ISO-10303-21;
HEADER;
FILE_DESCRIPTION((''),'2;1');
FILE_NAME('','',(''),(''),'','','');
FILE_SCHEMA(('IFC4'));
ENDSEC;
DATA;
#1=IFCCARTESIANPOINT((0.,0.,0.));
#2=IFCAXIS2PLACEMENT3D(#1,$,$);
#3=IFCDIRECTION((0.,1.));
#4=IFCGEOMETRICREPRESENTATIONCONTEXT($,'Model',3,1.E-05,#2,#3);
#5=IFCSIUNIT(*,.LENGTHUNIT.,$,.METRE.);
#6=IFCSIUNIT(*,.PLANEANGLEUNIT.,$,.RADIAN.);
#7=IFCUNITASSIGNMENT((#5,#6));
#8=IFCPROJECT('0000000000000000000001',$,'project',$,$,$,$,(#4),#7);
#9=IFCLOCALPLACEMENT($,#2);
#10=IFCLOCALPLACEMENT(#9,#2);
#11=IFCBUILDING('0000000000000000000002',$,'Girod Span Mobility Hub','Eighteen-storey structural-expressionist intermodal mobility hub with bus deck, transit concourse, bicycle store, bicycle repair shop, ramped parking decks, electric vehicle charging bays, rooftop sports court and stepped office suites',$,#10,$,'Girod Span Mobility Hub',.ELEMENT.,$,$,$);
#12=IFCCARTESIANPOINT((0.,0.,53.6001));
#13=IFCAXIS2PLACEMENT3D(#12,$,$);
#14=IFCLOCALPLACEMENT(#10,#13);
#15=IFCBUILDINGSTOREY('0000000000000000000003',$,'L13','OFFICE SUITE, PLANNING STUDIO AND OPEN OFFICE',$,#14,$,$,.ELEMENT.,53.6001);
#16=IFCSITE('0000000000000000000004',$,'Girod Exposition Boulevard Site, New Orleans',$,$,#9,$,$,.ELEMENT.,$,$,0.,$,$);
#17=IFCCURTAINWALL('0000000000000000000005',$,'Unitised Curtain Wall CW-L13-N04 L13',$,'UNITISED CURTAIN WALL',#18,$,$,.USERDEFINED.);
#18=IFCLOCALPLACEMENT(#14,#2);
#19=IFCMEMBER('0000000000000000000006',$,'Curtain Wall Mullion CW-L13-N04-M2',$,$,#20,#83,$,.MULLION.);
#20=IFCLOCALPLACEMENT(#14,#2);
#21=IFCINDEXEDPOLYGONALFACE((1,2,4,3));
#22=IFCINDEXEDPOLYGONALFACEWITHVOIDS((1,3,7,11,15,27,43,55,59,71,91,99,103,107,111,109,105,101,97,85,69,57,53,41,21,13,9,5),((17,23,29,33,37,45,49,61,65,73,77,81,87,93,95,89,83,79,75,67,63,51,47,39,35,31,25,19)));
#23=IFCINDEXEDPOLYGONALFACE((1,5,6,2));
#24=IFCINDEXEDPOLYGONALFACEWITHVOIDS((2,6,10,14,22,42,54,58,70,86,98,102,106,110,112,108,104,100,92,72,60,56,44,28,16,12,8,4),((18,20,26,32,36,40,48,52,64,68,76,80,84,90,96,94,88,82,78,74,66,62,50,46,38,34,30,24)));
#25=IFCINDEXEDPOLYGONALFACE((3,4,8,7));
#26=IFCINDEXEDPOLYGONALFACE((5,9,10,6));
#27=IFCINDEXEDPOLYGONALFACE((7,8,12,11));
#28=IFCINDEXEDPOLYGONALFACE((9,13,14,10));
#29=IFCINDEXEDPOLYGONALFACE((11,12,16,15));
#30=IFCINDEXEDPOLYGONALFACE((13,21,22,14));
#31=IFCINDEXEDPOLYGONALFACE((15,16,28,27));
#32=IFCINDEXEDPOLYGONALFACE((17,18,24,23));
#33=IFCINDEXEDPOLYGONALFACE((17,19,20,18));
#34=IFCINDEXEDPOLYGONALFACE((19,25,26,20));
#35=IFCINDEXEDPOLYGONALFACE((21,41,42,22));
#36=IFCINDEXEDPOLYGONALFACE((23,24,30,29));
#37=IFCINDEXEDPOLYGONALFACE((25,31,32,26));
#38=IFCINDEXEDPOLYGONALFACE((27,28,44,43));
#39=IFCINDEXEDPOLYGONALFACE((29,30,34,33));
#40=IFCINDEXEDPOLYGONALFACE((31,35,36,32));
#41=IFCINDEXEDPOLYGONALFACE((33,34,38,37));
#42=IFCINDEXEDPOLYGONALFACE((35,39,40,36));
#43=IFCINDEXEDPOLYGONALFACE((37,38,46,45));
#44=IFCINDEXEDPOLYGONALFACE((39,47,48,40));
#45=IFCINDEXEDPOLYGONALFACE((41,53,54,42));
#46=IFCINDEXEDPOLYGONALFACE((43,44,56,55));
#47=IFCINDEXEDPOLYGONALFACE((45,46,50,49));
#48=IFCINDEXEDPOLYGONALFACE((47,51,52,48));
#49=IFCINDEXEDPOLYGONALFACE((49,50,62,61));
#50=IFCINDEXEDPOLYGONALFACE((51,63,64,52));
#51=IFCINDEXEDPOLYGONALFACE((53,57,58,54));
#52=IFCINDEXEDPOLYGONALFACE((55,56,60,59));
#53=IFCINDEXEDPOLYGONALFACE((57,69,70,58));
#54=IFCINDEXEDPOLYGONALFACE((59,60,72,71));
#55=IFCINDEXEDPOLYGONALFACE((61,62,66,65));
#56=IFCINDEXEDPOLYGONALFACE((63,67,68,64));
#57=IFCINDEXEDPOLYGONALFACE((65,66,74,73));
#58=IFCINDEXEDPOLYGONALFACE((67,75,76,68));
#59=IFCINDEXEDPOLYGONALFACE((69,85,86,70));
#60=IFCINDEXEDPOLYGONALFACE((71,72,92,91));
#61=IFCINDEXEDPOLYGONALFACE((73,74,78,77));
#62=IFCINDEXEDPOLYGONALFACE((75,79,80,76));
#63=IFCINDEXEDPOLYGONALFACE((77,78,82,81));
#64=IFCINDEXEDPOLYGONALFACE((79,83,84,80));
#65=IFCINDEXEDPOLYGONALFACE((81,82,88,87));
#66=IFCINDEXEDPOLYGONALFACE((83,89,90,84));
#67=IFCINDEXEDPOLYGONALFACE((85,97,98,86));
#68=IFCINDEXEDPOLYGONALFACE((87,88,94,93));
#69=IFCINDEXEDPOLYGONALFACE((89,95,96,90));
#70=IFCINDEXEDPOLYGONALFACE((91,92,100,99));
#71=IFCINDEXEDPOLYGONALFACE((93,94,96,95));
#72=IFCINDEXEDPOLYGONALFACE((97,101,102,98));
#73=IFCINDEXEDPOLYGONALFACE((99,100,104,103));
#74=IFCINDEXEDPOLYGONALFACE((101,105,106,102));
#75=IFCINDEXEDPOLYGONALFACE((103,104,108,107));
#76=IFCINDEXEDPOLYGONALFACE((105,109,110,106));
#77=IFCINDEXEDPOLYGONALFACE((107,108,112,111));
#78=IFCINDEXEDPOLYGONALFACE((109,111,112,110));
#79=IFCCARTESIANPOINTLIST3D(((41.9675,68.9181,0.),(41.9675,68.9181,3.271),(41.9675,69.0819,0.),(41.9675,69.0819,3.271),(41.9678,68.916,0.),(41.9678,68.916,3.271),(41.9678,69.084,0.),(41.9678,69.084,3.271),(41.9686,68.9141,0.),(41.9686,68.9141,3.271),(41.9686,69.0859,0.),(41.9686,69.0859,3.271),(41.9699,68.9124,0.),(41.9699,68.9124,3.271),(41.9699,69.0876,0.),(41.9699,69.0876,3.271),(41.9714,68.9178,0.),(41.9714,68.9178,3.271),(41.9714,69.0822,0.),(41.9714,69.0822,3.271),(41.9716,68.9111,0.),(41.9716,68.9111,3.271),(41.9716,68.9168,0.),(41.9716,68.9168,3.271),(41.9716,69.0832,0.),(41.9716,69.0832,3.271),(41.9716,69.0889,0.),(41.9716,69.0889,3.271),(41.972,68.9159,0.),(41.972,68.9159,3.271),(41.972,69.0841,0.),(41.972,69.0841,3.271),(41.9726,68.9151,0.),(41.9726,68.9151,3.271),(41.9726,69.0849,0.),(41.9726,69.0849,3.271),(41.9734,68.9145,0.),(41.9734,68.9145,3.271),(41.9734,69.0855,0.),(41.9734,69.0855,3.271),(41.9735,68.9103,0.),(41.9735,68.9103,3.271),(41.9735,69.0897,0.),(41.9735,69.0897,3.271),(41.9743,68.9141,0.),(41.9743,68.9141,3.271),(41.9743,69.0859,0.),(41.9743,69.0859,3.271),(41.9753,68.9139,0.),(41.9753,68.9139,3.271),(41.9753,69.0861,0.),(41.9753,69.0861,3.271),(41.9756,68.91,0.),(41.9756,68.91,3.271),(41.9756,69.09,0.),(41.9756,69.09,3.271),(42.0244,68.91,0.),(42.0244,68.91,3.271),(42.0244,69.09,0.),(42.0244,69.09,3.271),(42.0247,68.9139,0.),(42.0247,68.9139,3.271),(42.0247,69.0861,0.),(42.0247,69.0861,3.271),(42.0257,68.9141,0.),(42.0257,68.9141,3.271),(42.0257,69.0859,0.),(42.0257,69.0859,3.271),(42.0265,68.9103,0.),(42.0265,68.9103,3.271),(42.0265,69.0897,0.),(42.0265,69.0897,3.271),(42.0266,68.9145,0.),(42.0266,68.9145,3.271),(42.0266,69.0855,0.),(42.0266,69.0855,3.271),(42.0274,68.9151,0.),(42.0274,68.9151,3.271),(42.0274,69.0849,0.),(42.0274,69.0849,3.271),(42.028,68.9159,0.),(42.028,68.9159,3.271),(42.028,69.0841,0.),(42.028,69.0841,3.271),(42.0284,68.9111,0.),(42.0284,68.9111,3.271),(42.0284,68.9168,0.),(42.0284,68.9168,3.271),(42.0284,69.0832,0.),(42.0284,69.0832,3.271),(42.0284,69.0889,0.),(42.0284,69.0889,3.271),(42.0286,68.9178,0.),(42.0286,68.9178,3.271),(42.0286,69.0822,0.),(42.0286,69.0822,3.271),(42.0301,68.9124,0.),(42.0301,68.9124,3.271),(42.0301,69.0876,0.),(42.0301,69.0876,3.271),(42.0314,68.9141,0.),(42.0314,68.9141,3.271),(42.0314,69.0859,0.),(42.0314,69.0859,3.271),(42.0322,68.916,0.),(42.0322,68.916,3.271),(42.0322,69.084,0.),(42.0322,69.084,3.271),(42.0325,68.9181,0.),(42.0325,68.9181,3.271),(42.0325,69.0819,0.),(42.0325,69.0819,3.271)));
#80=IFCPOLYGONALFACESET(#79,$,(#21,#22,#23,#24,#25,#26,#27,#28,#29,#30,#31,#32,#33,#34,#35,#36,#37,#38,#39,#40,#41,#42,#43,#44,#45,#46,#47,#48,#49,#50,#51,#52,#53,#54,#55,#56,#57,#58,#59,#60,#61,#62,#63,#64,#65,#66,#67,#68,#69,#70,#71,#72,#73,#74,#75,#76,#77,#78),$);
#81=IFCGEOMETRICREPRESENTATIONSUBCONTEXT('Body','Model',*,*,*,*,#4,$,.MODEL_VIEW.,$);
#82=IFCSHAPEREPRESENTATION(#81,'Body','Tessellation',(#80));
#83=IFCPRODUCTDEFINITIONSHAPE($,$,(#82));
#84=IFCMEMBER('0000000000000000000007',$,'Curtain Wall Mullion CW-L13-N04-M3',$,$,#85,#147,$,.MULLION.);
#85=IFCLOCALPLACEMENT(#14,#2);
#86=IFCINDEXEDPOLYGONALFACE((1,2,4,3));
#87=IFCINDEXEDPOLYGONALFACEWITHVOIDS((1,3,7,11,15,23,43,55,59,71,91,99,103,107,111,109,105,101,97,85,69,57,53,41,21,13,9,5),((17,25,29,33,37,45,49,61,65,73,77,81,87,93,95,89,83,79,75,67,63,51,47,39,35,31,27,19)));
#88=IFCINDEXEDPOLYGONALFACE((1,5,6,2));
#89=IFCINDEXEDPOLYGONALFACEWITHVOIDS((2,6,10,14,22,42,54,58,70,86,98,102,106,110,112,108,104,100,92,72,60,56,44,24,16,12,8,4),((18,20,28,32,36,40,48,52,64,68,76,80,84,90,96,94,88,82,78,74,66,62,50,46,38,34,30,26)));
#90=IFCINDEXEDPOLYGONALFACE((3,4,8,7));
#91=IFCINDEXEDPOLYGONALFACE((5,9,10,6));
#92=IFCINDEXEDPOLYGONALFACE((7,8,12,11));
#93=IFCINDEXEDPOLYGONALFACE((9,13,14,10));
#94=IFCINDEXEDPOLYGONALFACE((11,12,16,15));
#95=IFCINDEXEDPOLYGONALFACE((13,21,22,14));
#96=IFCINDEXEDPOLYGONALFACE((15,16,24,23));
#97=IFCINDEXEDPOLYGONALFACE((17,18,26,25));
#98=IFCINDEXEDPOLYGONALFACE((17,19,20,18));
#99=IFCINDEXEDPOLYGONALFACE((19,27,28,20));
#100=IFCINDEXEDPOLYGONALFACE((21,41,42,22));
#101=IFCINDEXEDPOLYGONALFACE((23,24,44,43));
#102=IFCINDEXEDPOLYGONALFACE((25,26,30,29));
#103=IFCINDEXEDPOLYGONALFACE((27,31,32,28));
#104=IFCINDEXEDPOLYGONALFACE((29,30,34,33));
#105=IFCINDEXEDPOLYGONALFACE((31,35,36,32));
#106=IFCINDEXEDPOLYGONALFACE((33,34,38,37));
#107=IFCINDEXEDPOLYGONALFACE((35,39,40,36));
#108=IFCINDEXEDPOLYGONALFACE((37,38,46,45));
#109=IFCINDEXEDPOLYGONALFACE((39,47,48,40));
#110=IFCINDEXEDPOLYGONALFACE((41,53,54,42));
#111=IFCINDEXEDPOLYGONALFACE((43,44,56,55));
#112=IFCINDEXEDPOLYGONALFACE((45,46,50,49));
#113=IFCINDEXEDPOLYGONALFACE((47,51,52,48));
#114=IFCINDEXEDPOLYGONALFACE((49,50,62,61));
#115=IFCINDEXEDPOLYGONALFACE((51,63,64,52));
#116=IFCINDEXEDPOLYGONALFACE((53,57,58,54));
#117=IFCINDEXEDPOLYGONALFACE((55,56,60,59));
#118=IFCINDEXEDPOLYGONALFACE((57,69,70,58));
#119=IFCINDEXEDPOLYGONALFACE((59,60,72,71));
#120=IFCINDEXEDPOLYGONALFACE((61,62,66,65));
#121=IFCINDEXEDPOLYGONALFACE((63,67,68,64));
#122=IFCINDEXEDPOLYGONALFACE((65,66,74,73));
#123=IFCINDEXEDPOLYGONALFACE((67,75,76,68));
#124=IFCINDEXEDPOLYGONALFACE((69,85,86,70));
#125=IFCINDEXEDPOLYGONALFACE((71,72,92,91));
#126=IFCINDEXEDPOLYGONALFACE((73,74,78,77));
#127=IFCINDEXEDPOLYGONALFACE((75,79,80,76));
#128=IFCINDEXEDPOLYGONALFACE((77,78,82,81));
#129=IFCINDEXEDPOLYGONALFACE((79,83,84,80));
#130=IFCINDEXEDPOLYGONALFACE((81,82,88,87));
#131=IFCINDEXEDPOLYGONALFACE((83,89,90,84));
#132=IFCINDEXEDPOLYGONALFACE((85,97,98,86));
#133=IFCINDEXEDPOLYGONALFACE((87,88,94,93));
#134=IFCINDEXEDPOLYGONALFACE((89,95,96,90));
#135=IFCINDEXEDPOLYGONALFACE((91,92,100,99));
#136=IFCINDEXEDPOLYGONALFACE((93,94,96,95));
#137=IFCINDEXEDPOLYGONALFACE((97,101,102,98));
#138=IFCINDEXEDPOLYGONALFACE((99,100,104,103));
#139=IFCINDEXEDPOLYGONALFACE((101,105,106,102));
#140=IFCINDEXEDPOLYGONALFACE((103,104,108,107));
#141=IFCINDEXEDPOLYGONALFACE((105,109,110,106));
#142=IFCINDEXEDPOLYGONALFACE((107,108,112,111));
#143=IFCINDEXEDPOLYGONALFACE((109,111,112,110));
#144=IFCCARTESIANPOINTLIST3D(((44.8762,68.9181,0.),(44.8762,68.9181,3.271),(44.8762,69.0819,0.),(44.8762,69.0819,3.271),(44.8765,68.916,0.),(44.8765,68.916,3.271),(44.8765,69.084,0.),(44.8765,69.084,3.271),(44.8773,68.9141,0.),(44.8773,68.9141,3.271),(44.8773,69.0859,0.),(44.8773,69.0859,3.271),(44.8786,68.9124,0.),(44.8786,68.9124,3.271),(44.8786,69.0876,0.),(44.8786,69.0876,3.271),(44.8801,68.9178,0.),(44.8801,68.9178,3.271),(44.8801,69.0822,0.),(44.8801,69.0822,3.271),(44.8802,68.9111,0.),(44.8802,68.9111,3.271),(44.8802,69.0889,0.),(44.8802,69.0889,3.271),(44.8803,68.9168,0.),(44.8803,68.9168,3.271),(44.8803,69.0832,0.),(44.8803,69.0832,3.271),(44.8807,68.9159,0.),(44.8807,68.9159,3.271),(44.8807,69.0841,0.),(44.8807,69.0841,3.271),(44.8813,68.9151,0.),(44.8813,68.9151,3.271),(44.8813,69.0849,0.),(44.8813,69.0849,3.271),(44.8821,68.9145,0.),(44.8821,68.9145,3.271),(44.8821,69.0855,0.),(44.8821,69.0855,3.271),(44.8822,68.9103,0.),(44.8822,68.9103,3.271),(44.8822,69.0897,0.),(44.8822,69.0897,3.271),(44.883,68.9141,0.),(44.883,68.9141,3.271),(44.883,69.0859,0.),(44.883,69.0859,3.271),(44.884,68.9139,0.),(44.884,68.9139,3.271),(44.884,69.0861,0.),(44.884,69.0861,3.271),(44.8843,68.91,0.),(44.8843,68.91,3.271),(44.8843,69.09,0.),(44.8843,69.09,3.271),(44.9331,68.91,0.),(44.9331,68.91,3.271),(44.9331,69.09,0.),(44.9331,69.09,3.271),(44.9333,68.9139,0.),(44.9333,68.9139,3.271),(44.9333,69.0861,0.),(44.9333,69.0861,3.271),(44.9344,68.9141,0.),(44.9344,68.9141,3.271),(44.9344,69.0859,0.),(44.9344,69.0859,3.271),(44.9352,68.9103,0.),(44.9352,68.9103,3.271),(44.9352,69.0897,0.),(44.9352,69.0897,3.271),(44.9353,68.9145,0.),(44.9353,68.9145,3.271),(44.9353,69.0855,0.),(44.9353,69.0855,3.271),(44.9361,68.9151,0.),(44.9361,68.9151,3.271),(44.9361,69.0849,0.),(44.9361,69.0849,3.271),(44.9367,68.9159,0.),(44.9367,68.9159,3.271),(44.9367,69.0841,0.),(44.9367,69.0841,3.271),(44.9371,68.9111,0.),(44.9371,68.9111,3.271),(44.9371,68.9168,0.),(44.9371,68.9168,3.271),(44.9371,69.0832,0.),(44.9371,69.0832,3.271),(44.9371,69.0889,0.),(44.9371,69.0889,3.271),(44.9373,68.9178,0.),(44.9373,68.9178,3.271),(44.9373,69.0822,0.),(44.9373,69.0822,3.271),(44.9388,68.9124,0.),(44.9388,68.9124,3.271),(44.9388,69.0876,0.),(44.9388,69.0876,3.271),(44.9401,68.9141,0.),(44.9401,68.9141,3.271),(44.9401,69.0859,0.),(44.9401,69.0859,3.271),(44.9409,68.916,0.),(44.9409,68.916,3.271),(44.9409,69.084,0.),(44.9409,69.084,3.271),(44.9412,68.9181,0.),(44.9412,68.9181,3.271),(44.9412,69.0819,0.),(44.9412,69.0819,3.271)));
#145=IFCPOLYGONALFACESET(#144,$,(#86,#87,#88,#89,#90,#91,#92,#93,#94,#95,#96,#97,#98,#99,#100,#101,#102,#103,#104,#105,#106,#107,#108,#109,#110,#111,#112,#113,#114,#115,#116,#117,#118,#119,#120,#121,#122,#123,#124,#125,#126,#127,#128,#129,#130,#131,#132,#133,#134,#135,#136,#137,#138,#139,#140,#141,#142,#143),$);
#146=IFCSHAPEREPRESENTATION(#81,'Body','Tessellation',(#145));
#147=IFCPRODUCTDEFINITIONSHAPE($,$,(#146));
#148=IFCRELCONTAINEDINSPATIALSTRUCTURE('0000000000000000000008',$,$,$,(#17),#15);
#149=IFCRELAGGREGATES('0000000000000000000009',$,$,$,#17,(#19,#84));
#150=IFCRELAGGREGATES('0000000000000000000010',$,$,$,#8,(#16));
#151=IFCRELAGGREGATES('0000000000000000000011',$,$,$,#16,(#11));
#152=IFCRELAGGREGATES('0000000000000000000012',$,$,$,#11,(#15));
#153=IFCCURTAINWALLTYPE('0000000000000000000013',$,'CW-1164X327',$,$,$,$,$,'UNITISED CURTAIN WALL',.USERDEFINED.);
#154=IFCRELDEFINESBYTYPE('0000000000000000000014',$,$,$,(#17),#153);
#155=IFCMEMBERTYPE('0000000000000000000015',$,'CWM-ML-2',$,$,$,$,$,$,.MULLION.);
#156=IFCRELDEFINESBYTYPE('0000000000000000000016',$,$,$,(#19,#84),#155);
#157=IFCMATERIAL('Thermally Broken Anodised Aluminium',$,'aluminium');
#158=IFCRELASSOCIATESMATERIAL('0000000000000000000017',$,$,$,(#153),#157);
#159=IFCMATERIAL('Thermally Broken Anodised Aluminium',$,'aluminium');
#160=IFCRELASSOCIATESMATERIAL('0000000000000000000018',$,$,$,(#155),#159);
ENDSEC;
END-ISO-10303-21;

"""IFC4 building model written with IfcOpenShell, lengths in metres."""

from ifc_helpers import new_model, si_unit, direction, frame, origin, origin_2d, place, context, subcontext, project, spatial, hollow_rectangle, extrude, material, material_profile, profile_set, type_object, element, aggregate, save


model = new_model("IFC4")

# Units and contexts
model_context = context("Model", 3, precision=1e-05, world=origin(), true_north=direction((0.0, 1.0)))
body_context = subcontext(model_context, "Body", "Model", "MODEL_VIEW")
ifc_project = project(units=[si_unit("LENGTHUNIT", "METRE"), si_unit("PLANEANGLEUNIT", "RADIAN")], contexts=[model_context])

# Site, building, storey
site_placement = place(None, origin())
site = spatial("IfcSite", under=ifc_project, at=site_placement, Name="Girod Exposition Boulevard Site, New Orleans", CompositionType="ELEMENT", RefElevation=0.0)
building_placement = place(site_placement, origin())
building = spatial("IfcBuilding", under=site, at=building_placement, Name="Girod Span Mobility Hub", Description="Eighteen-storey structural-expressionist intermodal mobility hub with bus deck, transit concourse, bicycle store, bicycle repair shop, ramped parking decks, electric vehicle charging bays, rooftop sports court and stepped office suites", LongName="Girod Span Mobility Hub", CompositionType="ELEMENT")
storey_placement = place(building_placement, frame((0.0, 0.0, 53.6001)))
storey = spatial("IfcBuildingStorey", under=building, at=storey_placement, Name="L13", Description="OFFICE SUITE, PLANNING STUDIO AND OPEN OFFICE", CompositionType="ELEMENT", Elevation=53.6001)

# Curtain wall, members
ifc_material_1 = material(Name="Thermally Broken Anodised Aluminium", Category="aluminium")
curtain_wall_type = type_object("IfcCurtainWallType", Name="CW-1164X327", ElementType="UNITISED CURTAIN WALL", PredefinedType="USERDEFINED", material=ifc_material_1)
curtain_wall_placement = place(storey_placement, origin())
curtain_wall = element("IfcCurtainWall", 1, at=curtain_wall_placement, inside=storey, type_object=curtain_wall_type, Name="Unitised Curtain Wall CW-L13-N04 L13", ObjectType="UNITISED CURTAIN WALL", PredefinedType="USERDEFINED")
ifc_material_2 = material(Name="Thermally Broken Anodised Aluminium", Category="aluminium")
ifc_material_profile_1 = material_profile(ifc_material_2, hollow_rectangle(XDim=0.1799, YDim=0.0649, WallThickness=0.0039, InnerFilletRadius=0.0039, OuterFilletRadius=0.0081, at=origin_2d()), Name="CW-ML-65X180")
ifc_profile_set_1 = profile_set([ifc_material_profile_1], Name="Thermally Broken Anodised Aluminium")
member_type_1 = type_object("IfcMemberType", Name="CWM-ML-2", PredefinedType="MULLION", material=ifc_profile_set_1)
member_1_placement = place(storey_placement, frame((42.0, 69.0, 0.0), z_axis=(0.0, 0.0, 1.0), x_axis=(0.0, 1.0, 0.0)))
member_1 = element("IfcMember", 2, at=member_1_placement, type_object=member_type_1, Name="Curtain Wall Mullion CW-L13-N04-M2", PredefinedType="MULLION", context=body_context, shape_type="SweptSolid", body=[
    extrude(hollow_rectangle(XDim=0.1799, YDim=0.0649, WallThickness=0.0039, InnerFilletRadius=0.0039, OuterFilletRadius=0.0081, at=origin_2d()), origin(), (0.0, 0.0, 1.0), 3.271),
])
member_2_placement = place(storey_placement, frame((44.9087, 69.0, 0.0), z_axis=(0.0, 0.0, 1.0), x_axis=(0.0, 1.0, 0.0)))
member_2 = element("IfcMember", 3, at=member_2_placement, type_object=member_type_1, Name="Curtain Wall Mullion CW-L13-N04-M3", PredefinedType="MULLION", context=body_context, shape_type="SweptSolid", body=[
    extrude(hollow_rectangle(XDim=0.1799, YDim=0.0649, WallThickness=0.0039, InnerFilletRadius=0.0039, OuterFilletRadius=0.0081, at=origin_2d()), origin(), (0.0, 0.0, 1.0), 3.271),
])
aggregate(curtain_wall, [member_1, member_2])

save(model, "model.ifc")
